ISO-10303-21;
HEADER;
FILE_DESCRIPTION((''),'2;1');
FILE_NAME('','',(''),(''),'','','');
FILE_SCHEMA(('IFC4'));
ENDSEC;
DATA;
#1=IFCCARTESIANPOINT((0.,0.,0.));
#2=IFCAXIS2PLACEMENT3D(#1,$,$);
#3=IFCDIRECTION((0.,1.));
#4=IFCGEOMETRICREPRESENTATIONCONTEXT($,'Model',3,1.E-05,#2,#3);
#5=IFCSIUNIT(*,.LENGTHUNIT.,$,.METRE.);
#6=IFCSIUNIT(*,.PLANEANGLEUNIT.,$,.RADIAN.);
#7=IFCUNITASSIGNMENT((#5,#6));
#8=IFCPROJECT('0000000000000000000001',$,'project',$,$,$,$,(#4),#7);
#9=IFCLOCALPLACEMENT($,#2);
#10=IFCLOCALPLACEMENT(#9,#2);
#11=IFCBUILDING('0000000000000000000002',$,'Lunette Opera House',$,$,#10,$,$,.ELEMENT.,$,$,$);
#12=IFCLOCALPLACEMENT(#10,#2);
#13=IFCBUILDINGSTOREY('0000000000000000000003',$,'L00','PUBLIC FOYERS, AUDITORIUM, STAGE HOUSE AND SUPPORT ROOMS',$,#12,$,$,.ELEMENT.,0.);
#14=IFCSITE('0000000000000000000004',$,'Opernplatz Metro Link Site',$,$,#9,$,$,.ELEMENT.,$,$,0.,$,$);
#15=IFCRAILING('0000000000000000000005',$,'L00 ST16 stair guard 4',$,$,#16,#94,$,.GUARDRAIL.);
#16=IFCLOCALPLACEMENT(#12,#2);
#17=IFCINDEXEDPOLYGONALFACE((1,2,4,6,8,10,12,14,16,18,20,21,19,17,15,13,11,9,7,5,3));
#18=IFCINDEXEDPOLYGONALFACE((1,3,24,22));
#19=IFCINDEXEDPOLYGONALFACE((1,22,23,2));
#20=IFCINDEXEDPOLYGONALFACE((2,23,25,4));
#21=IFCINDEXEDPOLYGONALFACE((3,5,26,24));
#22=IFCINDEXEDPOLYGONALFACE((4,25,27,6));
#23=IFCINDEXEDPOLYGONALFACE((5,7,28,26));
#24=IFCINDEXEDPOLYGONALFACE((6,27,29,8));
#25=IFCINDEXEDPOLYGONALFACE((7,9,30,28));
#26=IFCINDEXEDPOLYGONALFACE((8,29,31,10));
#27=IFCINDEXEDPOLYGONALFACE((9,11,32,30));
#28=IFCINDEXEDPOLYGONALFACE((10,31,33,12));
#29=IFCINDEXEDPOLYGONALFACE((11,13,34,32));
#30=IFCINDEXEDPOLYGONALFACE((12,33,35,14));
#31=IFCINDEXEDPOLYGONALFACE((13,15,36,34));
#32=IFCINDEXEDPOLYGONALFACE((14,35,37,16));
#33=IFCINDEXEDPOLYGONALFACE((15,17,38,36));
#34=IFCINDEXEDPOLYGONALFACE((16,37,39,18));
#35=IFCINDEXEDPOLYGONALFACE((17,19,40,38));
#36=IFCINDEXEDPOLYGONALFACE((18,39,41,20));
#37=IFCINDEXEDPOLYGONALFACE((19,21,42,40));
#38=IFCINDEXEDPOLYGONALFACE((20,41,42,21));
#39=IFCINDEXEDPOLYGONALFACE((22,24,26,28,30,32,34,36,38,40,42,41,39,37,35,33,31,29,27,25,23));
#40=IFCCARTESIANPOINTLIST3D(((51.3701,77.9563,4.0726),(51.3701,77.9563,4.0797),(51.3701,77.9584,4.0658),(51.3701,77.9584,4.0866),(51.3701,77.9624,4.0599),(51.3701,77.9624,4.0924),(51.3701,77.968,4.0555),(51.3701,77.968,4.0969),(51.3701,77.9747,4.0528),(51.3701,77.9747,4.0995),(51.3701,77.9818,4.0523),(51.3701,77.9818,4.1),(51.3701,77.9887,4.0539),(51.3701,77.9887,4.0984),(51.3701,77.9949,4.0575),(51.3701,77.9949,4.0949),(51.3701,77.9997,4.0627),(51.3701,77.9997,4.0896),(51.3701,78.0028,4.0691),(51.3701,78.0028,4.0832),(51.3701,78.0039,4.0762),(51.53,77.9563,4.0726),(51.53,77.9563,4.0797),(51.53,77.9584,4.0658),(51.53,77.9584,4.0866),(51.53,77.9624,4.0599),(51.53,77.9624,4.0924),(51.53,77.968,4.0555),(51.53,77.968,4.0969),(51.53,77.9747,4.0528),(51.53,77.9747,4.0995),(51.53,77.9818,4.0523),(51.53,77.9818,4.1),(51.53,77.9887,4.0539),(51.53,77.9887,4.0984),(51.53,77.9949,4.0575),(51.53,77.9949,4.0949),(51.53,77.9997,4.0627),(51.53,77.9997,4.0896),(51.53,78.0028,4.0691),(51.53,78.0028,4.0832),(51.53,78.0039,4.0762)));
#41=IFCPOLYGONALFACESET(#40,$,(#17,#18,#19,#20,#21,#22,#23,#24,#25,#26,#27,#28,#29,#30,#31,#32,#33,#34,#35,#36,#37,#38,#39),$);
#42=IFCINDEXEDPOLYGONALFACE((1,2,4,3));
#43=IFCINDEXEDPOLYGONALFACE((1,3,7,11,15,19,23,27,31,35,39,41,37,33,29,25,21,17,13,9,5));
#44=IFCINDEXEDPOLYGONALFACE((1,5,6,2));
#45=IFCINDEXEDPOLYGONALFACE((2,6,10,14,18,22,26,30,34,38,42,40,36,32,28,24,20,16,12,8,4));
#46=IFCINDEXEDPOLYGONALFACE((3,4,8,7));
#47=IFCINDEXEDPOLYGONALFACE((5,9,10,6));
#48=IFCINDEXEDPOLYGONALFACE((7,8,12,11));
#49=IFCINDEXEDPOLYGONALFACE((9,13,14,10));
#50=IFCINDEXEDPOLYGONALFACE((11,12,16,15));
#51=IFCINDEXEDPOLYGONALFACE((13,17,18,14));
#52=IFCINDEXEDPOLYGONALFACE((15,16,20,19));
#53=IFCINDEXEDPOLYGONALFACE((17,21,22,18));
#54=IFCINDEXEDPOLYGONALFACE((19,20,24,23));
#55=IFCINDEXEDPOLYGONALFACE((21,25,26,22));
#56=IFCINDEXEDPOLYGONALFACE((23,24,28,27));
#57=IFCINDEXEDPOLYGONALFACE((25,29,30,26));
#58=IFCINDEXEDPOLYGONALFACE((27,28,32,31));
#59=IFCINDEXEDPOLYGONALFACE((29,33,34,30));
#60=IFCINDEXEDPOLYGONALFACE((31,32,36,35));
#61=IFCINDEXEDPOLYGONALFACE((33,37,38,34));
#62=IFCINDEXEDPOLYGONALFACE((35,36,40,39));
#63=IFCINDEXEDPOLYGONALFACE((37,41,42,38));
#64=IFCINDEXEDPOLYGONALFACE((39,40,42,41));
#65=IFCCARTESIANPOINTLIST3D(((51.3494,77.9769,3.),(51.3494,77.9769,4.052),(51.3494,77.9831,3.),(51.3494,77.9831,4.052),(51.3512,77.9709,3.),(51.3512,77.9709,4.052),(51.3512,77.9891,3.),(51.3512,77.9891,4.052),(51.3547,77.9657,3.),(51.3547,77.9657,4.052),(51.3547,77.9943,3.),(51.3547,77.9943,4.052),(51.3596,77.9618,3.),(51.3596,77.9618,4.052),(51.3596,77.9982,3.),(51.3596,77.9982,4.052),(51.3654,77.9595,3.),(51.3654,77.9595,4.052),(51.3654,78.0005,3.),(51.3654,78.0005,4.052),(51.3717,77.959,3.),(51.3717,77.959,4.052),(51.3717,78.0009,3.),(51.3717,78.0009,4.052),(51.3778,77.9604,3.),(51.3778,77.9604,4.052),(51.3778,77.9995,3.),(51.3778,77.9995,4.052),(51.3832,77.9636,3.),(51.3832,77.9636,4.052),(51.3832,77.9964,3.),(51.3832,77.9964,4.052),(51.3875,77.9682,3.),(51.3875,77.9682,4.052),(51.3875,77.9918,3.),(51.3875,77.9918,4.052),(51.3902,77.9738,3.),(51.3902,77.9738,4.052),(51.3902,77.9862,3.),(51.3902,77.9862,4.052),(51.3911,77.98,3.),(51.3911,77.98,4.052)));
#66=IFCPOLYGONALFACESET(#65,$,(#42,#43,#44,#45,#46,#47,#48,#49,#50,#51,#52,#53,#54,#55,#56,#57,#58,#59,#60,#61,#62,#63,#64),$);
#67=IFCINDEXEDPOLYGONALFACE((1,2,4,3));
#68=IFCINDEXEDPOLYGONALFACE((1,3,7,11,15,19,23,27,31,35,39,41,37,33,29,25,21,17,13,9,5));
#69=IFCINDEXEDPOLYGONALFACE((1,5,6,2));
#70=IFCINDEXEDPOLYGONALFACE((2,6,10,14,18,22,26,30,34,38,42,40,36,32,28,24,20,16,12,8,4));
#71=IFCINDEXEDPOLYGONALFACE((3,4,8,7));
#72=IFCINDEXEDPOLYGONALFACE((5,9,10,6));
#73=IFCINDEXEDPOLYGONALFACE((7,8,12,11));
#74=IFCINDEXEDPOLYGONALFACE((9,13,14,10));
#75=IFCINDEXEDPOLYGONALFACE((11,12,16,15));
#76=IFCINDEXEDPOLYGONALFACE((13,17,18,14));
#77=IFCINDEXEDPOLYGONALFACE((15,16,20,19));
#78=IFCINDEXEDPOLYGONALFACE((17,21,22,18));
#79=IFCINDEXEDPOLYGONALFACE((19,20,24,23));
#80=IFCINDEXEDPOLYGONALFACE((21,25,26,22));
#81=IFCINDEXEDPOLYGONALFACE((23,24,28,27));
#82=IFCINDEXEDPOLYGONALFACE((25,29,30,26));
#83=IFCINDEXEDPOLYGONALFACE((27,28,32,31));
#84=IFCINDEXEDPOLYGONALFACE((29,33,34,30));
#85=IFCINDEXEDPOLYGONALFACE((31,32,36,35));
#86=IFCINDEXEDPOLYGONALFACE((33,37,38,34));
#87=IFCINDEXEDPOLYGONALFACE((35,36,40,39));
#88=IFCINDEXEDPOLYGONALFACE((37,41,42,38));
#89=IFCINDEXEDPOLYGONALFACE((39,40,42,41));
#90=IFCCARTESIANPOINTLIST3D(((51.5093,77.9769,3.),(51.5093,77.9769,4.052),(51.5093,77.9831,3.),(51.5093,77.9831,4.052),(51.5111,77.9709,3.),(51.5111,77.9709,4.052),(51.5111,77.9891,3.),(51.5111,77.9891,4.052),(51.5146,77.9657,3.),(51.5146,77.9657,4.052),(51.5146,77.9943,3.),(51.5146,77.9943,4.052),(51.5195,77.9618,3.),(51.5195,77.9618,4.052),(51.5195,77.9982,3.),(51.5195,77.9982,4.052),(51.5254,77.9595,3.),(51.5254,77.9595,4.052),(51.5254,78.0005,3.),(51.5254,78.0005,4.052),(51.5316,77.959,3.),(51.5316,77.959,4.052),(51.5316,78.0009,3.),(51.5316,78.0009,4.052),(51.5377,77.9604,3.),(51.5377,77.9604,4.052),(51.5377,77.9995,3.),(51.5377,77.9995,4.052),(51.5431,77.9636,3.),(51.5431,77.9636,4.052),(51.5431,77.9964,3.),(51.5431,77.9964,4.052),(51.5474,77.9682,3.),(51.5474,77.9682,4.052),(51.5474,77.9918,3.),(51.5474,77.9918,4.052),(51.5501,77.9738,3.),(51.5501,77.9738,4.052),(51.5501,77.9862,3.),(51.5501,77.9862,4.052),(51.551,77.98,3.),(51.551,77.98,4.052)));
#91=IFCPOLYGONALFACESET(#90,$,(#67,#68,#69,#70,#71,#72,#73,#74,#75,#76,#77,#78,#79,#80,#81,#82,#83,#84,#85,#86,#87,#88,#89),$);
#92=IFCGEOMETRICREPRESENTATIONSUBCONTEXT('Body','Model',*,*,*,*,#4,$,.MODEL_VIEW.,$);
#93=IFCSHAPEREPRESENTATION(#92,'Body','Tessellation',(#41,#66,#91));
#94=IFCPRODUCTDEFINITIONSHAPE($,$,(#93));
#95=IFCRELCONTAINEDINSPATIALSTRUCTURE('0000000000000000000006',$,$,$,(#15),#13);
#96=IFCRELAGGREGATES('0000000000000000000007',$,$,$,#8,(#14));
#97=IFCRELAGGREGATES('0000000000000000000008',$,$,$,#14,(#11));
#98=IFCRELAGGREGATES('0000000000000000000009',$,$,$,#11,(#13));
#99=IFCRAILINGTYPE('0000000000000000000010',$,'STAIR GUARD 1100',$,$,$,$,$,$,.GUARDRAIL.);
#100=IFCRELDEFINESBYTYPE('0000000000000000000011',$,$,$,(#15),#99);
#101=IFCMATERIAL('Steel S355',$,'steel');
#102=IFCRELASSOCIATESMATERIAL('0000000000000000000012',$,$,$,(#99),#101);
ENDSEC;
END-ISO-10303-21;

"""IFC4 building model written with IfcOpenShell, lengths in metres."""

from ifc_helpers import new_model, si_unit, direction, frame, origin, origin_2d, place, context, subcontext, project, spatial, circle, extrude, material, type_object, element, save


model = new_model("IFC4")

# Units and contexts
model_context = context("Model", 3, precision=1e-05, world=origin(), true_north=direction((0.0, 1.0)))
body_context = subcontext(model_context, "Body", "Model", "MODEL_VIEW")
ifc_project = project(units=[si_unit("LENGTHUNIT", "METRE"), si_unit("PLANEANGLEUNIT", "RADIAN")], contexts=[model_context])

# Site, building, storey
site_placement = place(None, origin())
site = spatial("IfcSite", under=ifc_project, at=site_placement, Name="Opernplatz Metro Link Site", CompositionType="ELEMENT", RefElevation=0.0)
building_placement = place(site_placement, origin())
building = spatial("IfcBuilding", under=site, at=building_placement, Name="Lunette Opera House", CompositionType="ELEMENT")
storey_placement = place(building_placement, origin())
storey = spatial("IfcBuildingStorey", under=building, at=storey_placement, Name="L00", Description="PUBLIC FOYERS, AUDITORIUM, STAGE HOUSE AND SUPPORT ROOMS", CompositionType="ELEMENT", Elevation=0.0)

# Railing
ifc_material_1 = material(Name="Steel S355", Category="steel")
railing_type_1 = type_object("IfcRailingType", Name="STAIR GUARD 1100", PredefinedType="GUARDRAIL", material=ifc_material_1)
railing_1_placement = place(storey_placement, frame((51.3701, 77.98, 3.0)))
element("IfcRailing", 1, at=railing_1_placement, inside=storey, type_object=railing_type_1, Name="L00 ST16 stair guard 4", PredefinedType="GUARDRAIL", context=body_context, shape_type="SweptSolid", body=[
    extrude(circle(Radius=0.0239, at=origin_2d()), frame((0.0, 0.0, 1.0762), z_axis=(1.0, 0.0, 0.0), x_axis=(0.0, 1.0, 0.0)), (0.0, 0.0, 1.0), 0.1599),
    extrude(circle(Radius=0.021, at=origin_2d()), origin(), (0.0, 0.0, 1.0), 1.052),
    extrude(circle(Radius=0.021, at=origin_2d()), frame((0.1599, 0.0, 0.0)), (0.0, 0.0, 1.0), 1.052),
])

save(model, "model.ifc")
